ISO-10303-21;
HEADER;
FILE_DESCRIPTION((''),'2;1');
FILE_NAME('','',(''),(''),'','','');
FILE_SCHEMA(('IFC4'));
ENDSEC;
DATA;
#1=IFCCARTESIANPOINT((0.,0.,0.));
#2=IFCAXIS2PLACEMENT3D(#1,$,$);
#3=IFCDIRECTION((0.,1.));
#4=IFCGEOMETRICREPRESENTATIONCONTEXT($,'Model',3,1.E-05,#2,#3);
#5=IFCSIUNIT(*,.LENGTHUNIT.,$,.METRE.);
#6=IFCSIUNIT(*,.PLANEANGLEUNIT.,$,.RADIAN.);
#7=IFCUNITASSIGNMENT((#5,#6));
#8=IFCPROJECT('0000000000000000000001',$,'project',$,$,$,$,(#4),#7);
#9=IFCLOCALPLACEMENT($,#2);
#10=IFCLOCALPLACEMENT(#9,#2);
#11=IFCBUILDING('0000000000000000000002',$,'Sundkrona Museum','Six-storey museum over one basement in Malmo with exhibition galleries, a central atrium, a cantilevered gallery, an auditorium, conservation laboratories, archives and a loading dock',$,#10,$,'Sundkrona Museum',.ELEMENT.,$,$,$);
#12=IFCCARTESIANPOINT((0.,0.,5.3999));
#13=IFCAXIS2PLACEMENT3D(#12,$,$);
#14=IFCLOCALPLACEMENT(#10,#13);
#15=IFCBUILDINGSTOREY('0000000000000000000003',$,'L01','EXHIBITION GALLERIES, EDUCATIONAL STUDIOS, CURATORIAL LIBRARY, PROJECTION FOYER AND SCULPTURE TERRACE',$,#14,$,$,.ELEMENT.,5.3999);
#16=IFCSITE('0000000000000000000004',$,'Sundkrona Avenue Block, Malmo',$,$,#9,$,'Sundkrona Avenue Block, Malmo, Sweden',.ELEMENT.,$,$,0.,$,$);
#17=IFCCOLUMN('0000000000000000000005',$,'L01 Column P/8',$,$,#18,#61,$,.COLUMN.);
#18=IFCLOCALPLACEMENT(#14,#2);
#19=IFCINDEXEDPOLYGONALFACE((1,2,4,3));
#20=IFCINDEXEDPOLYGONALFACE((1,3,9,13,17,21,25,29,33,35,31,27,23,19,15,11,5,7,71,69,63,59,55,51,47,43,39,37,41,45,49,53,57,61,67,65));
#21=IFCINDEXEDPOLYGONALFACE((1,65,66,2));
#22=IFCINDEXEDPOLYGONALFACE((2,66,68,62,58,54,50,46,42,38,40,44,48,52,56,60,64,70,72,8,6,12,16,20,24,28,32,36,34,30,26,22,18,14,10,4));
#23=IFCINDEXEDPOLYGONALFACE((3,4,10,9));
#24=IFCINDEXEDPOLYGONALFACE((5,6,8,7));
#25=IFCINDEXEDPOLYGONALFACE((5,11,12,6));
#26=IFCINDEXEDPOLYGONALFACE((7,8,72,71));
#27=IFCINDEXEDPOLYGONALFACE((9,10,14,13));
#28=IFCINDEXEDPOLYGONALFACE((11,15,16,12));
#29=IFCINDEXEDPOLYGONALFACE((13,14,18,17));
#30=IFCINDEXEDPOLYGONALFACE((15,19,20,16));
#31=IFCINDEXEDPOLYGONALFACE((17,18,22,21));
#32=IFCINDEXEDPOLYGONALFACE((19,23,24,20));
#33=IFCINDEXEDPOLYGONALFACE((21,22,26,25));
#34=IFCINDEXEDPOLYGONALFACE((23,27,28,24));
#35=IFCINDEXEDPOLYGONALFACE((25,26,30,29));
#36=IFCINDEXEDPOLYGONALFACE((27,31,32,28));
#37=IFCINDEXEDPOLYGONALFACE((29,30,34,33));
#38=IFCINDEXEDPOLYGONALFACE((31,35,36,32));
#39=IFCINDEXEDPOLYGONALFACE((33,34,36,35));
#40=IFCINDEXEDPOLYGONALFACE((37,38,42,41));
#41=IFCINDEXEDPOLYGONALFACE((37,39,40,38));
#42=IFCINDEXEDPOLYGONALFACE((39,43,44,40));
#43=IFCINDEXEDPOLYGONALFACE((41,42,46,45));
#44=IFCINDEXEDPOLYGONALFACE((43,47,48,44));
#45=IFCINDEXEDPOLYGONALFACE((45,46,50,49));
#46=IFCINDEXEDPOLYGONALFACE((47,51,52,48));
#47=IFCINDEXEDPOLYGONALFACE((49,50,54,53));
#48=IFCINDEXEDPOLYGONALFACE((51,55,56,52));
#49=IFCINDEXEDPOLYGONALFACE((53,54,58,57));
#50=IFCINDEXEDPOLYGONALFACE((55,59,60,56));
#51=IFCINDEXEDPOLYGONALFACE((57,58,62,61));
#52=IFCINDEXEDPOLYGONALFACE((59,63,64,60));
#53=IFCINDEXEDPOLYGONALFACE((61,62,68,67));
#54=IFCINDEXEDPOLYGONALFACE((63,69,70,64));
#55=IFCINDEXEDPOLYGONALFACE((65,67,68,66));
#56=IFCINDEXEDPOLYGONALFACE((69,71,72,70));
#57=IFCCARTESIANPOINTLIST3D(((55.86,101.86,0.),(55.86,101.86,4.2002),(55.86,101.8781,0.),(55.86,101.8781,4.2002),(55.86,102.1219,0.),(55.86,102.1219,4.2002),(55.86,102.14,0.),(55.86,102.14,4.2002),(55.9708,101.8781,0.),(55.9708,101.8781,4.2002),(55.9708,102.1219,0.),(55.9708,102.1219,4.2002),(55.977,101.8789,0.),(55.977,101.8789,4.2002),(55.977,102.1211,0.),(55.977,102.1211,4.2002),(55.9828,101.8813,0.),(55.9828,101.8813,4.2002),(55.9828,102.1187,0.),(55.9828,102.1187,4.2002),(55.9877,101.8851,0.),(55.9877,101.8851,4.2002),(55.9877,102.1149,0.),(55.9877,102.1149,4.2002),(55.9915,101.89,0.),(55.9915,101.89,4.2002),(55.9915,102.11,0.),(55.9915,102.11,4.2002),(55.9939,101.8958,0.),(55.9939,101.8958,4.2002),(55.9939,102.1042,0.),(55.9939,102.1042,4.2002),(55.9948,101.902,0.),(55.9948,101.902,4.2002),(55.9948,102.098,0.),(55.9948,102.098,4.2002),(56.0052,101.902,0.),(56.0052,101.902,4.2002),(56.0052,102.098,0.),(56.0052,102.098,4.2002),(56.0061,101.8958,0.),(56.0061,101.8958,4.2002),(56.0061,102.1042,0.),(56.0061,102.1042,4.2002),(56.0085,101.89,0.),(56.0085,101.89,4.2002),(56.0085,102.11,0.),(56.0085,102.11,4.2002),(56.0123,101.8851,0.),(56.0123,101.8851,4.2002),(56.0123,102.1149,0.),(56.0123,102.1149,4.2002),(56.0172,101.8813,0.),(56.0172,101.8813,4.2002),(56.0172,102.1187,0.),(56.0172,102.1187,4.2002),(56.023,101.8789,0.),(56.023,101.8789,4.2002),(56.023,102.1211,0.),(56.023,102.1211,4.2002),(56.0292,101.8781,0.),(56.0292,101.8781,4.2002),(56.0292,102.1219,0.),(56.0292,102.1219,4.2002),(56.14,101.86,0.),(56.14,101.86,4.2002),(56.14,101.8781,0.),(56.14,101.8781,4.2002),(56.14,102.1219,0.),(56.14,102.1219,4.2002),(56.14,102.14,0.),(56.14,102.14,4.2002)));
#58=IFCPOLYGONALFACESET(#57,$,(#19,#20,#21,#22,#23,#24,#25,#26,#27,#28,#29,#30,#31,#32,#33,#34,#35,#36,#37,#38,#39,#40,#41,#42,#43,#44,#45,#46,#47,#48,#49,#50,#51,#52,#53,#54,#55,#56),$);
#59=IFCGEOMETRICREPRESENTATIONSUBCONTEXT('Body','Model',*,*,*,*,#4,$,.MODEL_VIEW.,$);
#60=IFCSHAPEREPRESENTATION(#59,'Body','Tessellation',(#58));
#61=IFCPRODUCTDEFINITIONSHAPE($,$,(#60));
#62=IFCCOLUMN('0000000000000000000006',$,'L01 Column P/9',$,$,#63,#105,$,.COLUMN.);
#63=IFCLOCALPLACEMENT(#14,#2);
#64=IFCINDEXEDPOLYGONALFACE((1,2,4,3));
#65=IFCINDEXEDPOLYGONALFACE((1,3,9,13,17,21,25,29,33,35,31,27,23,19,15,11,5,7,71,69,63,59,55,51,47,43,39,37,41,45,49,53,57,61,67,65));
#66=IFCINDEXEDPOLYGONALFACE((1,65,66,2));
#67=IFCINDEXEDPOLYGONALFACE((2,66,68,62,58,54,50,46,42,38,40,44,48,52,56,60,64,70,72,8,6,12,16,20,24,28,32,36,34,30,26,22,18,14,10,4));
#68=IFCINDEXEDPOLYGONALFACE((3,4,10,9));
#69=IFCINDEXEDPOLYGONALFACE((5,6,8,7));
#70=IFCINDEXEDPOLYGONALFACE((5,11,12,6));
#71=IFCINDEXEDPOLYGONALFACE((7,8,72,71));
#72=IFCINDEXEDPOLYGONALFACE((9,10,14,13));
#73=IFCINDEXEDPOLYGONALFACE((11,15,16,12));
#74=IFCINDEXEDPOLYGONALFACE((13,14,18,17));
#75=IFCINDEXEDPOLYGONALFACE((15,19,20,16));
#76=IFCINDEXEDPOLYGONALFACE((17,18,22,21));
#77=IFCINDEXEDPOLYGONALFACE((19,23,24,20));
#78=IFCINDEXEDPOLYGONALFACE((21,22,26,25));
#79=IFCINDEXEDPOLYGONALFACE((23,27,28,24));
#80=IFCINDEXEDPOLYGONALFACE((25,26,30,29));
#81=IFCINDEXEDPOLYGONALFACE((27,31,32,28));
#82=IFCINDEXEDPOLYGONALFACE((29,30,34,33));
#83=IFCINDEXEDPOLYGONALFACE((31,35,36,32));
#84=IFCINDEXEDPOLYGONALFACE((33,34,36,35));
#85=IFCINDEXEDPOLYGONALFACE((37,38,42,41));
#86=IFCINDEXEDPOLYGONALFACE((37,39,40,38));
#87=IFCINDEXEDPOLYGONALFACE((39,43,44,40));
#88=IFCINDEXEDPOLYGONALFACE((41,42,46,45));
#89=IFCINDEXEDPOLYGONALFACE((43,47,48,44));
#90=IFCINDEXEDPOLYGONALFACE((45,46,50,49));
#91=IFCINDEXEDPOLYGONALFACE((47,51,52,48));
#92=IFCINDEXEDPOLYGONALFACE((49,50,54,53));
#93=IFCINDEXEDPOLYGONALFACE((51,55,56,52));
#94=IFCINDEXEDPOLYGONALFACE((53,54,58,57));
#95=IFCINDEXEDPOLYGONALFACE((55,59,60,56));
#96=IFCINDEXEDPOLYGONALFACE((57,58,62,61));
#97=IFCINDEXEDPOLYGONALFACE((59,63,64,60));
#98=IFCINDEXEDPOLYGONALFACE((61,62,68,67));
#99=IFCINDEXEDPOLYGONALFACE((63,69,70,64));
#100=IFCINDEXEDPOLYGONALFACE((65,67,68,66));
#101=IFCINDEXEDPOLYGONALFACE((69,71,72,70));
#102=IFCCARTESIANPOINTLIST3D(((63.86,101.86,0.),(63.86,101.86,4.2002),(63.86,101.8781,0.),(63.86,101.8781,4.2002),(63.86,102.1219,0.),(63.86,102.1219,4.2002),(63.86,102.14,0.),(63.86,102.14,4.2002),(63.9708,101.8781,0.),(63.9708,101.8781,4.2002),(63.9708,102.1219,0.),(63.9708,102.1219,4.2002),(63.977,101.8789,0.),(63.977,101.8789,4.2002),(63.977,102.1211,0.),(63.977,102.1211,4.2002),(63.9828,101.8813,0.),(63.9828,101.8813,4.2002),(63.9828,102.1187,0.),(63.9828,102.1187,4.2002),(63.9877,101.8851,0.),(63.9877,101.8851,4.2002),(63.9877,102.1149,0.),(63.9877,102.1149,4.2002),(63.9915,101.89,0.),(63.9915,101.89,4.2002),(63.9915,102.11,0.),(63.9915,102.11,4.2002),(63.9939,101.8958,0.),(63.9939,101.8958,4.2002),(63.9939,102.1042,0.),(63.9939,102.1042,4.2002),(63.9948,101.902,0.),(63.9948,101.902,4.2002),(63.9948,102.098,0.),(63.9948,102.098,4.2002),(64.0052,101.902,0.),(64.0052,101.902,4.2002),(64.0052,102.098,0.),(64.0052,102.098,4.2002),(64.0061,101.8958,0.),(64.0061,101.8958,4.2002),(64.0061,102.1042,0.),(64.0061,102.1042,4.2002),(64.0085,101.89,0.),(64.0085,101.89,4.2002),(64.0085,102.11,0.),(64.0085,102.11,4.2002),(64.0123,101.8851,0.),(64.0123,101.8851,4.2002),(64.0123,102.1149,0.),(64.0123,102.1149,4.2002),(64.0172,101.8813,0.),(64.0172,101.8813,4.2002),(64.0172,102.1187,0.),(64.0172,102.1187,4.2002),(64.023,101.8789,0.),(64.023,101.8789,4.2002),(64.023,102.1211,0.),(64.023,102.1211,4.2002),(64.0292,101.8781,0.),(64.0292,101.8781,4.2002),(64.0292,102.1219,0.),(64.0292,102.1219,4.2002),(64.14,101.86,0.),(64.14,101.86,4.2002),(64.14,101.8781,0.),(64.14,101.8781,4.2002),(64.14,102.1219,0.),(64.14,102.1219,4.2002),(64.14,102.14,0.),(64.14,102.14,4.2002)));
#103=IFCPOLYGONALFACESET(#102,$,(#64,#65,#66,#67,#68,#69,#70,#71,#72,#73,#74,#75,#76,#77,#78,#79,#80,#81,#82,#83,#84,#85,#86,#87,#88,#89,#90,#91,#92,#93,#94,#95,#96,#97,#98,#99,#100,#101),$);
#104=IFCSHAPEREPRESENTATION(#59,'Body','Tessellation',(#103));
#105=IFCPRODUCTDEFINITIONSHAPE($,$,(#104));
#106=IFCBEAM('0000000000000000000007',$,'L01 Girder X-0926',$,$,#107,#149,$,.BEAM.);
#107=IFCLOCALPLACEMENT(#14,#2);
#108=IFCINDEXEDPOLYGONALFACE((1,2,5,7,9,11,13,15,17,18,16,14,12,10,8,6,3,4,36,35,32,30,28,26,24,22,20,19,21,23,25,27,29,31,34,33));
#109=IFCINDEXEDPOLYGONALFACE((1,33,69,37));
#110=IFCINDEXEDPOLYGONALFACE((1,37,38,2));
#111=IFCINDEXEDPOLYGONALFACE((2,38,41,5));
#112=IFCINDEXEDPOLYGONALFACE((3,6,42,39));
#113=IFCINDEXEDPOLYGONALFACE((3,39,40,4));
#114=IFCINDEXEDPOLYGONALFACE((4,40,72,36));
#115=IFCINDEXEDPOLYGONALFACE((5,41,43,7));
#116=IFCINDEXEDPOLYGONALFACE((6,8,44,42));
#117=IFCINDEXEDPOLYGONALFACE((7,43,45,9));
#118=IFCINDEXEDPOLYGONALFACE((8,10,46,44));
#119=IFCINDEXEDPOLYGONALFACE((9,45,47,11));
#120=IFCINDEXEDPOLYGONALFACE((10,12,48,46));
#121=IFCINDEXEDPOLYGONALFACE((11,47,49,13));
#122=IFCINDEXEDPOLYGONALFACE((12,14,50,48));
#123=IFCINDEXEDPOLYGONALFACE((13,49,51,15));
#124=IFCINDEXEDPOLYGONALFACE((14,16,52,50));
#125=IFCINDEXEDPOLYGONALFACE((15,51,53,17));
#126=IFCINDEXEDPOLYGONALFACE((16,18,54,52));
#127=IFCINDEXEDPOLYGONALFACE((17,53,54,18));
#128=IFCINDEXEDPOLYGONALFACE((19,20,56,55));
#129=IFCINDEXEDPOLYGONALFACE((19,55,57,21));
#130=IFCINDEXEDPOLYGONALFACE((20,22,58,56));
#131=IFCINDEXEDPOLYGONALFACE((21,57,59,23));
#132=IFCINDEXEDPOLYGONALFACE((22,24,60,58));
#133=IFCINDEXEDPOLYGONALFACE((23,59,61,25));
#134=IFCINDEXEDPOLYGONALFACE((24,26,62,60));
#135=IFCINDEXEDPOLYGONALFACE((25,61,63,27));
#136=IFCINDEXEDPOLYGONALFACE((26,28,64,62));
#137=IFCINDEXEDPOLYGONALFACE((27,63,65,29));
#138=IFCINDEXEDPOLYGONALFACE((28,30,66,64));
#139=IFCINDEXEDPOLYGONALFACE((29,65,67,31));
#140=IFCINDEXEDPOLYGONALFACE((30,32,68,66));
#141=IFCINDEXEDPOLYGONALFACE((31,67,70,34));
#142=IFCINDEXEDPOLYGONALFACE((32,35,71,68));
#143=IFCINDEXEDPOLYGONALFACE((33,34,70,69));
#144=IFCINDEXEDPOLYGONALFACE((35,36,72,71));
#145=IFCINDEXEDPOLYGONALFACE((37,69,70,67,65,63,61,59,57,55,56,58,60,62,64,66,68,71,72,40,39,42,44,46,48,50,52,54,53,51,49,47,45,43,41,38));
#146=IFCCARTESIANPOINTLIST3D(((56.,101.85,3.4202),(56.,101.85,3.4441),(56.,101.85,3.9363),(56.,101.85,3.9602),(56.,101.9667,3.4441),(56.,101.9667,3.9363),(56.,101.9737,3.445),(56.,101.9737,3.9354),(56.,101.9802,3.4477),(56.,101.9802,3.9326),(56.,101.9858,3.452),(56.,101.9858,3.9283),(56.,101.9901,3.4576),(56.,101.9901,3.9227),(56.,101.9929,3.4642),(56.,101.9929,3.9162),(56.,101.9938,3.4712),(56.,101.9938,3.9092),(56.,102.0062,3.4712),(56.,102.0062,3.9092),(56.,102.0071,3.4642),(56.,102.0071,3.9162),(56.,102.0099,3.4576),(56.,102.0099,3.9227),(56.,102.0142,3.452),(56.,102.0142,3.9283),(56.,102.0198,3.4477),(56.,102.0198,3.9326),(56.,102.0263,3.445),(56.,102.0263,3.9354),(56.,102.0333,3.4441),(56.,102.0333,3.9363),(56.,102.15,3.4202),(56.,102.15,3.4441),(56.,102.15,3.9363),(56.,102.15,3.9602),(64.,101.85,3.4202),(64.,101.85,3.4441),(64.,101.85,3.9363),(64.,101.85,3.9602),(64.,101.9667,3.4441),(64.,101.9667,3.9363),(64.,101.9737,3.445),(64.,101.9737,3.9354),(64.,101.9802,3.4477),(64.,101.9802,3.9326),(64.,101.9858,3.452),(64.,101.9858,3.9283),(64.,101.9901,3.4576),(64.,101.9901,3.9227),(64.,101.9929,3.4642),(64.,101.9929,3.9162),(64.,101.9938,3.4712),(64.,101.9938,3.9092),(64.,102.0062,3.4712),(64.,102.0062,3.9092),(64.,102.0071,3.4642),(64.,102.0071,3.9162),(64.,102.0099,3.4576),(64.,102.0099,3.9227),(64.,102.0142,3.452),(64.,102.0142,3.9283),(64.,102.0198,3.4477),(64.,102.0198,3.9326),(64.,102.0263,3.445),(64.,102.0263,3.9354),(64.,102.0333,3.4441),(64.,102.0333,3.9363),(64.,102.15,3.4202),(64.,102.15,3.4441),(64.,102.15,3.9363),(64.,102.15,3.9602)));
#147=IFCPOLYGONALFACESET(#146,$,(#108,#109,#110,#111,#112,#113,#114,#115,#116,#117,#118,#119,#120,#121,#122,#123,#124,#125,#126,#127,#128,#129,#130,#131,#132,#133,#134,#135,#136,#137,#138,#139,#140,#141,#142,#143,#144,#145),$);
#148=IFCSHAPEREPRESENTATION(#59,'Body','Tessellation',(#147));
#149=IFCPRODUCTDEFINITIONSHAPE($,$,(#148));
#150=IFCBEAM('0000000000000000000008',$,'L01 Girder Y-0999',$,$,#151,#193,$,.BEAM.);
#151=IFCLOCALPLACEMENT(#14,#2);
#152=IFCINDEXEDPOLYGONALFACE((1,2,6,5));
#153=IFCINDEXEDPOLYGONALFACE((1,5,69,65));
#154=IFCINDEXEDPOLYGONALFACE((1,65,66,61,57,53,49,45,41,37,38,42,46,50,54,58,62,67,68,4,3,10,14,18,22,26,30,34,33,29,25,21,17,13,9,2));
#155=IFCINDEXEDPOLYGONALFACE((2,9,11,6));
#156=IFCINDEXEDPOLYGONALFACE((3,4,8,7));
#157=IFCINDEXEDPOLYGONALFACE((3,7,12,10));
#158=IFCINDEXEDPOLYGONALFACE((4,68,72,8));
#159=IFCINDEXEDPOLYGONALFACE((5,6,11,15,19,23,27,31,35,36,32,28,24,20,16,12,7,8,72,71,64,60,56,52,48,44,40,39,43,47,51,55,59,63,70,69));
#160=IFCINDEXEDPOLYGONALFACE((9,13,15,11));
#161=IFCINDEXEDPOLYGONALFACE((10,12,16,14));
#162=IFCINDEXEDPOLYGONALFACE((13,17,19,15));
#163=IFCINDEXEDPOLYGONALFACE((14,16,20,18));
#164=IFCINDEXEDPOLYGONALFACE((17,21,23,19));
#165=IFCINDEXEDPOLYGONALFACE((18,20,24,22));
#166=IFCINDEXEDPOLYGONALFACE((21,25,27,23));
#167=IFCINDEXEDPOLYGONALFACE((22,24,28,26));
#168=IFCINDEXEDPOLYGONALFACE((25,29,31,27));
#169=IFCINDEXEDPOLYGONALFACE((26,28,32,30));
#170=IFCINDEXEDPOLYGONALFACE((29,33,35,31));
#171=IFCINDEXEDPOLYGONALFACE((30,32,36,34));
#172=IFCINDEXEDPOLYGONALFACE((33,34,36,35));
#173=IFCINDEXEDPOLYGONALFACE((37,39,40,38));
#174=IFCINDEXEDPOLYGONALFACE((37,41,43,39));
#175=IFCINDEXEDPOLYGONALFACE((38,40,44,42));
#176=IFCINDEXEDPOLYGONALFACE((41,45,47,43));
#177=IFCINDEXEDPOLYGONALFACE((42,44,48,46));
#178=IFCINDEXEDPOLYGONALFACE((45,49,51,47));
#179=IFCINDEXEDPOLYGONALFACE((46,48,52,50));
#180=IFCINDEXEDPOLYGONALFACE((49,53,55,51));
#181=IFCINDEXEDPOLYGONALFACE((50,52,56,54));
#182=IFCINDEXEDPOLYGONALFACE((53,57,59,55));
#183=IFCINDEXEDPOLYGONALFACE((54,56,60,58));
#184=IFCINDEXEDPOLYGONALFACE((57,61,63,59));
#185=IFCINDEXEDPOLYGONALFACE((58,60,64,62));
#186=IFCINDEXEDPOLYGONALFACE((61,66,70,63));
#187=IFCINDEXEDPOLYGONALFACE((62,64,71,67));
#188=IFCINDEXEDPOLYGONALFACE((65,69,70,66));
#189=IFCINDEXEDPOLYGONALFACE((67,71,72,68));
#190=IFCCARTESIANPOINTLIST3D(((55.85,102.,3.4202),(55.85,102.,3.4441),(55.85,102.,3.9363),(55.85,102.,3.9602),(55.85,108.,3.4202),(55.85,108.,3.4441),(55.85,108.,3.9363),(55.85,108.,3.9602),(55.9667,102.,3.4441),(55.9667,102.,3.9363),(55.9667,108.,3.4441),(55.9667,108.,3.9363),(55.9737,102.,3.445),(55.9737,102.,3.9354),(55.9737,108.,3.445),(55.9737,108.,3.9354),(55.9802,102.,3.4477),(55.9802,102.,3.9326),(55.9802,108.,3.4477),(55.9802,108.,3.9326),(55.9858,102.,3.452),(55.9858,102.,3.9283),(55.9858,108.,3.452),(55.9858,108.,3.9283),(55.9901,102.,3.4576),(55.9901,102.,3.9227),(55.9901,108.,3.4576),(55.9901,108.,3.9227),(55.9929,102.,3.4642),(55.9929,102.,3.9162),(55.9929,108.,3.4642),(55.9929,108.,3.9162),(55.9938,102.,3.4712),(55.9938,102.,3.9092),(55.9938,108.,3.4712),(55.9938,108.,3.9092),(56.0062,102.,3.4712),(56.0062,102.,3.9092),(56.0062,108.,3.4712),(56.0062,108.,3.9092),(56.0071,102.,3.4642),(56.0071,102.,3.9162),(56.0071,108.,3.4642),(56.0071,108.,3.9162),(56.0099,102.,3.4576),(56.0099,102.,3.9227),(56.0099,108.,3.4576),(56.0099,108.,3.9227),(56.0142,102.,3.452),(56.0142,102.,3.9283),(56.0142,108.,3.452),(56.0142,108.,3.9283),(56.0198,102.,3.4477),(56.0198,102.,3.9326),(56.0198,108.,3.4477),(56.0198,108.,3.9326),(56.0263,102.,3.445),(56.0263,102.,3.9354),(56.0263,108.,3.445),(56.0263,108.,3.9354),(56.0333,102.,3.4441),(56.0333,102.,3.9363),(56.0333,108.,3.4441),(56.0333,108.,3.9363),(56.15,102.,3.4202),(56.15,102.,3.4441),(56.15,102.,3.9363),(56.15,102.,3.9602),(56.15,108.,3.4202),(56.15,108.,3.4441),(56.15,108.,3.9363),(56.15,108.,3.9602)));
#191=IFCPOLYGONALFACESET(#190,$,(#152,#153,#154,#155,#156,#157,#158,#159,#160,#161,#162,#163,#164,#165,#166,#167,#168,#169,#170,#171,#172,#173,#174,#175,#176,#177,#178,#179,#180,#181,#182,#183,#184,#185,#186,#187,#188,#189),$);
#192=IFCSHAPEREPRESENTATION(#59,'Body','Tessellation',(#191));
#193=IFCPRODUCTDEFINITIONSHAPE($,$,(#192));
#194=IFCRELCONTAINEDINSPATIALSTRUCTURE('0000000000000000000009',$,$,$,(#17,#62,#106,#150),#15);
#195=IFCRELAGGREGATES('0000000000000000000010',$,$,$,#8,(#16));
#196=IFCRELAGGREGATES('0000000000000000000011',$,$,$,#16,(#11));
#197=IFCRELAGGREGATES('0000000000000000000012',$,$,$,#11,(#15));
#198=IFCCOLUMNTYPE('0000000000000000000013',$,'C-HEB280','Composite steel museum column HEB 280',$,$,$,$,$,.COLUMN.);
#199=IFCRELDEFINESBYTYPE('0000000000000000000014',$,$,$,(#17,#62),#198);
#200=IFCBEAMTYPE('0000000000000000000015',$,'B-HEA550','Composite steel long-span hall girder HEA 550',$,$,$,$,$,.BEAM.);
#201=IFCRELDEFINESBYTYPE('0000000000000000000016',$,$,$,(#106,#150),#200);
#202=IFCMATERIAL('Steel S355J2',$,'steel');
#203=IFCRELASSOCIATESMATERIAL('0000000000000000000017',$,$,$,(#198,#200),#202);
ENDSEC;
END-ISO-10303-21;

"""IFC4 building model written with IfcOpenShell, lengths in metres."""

from ifc_helpers import new_model, si_unit, direction, frame, origin, origin_2d, place, context, subcontext, project, spatial, i_section, extrude, material, material_profile, profile_set, type_object, element, save


model = new_model("IFC4")

# Units and contexts
model_context = context("Model", 3, precision=1e-05, world=origin(), true_north=direction((0.0, 1.0)))
body_context = subcontext(model_context, "Body", "Model", "MODEL_VIEW")
ifc_project = project(units=[si_unit("LENGTHUNIT", "METRE"), si_unit("PLANEANGLEUNIT", "RADIAN")], contexts=[model_context])

# Site, building, storey
site_placement = place(None, origin())
site = spatial("IfcSite", under=ifc_project, at=site_placement, Name="Sundkrona Avenue Block, Malmo", LongName="Sundkrona Avenue Block, Malmo, Sweden", CompositionType="ELEMENT", RefElevation=0.0)
building_placement = place(site_placement, origin())
building = spatial("IfcBuilding", under=site, at=building_placement, Name="Sundkrona Museum", Description="Six-storey museum over one basement in Malmo with exhibition galleries, a central atrium, a cantilevered gallery, an auditorium, conservation laboratories, archives and a loading dock", LongName="Sundkrona Museum", CompositionType="ELEMENT")
storey_placement = place(building_placement, frame((0.0, 0.0, 5.3999)))
storey = spatial("IfcBuildingStorey", under=building, at=storey_placement, Name="L01", Description="EXHIBITION GALLERIES, EDUCATIONAL STUDIOS, CURATORIAL LIBRARY, PROJECTION FOYER AND SCULPTURE TERRACE", CompositionType="ELEMENT", Elevation=5.3999)

# Columns
ifc_material_1 = material(Name="Steel S355J2", Category="steel")
ifc_material_profile_1 = material_profile(ifc_material_1, i_section(OverallWidth=0.28, OverallDepth=0.28, WebThickness=0.0105, FlangeThickness=0.0181, FilletRadius=0.0239, at=origin_2d()), Name="HEB 280")
ifc_profile_set_1 = profile_set([ifc_material_profile_1], Name="Steel S355J2")
column_type = type_object("IfcColumnType", Name="C-HEB280", Description="Composite steel museum column HEB 280", PredefinedType="COLUMN", material=ifc_profile_set_1)
for number, where, z_axis, x_axis, name in (
    (1, (56.0, 102.0, 0.0), (0.0, 0.0, 1.0), (1.0, 0.0, 0.0), "L01 Column P/8"),
    (2, (64.0, 102.0, 0.0), (0.0, 0.0, 1.0), (1.0, 0.0, 0.0), "L01 Column P/9"),
):
    element("IfcColumn", number, at=place(storey_placement, frame(where, z_axis=z_axis, x_axis=x_axis)), inside=storey, type_object=column_type, Name=name, PredefinedType="COLUMN", context=body_context, shape_type="SweptSolid", body=[
        extrude(i_section(OverallWidth=0.28, OverallDepth=0.28, WebThickness=0.0105, FlangeThickness=0.0181, FilletRadius=0.0239, at=origin_2d()), origin(), (0.0, 0.0, 1.0), 4.2002),
    ])

# Beams
ifc_material_profile_2 = material_profile(ifc_material_1, i_section(OverallWidth=0.3, OverallDepth=0.54, WebThickness=0.0125, FlangeThickness=0.0239, FilletRadius=0.0271, at=origin_2d()), Name="HEA 550")
ifc_profile_set_2 = profile_set([ifc_material_profile_2], Name="Steel S355J2")
beam_type_1 = type_object("IfcBeamType", Name="B-HEA550", Description="Composite steel long-span hall girder HEA 550", PredefinedType="BEAM", material=ifc_profile_set_2)
beam_1_placement = place(storey_placement, frame((56.0, 102.0, 3.6902), z_axis=(1.0, 0.0, 0.0), x_axis=(0.0, 1.0, 0.0)))
element("IfcBeam", 3, at=beam_1_placement, inside=storey, type_object=beam_type_1, Name="L01 Girder X-0926", PredefinedType="BEAM", context=body_context, shape_type="SweptSolid", body=[
    extrude(i_section(OverallWidth=0.3, OverallDepth=0.54, WebThickness=0.0125, FlangeThickness=0.0239, FilletRadius=0.0271, at=origin_2d()), origin(), (0.0, 0.0, 1.0), 8.0),
])
for number, where, z_axis, x_axis, name in (
    (4, (56.0, 102.0, 3.6902), (0.0, 1.0, 0.0), (-1.0, 0.0, 0.0), "L01 Girder Y-0999"),
):
    element("IfcBeam", number, at=place(storey_placement, frame(where, z_axis=z_axis, x_axis=x_axis)), inside=storey, type_object=beam_type_1, Name=name, PredefinedType="BEAM", context=body_context, shape_type="SweptSolid", body=[
        extrude(i_section(OverallWidth=0.3, OverallDepth=0.54, WebThickness=0.0125, FlangeThickness=0.0239, FilletRadius=0.0271, at=origin_2d()), origin(), (0.0, 0.0, 1.0), 6.0),
    ])

save(model, "model.ifc")
